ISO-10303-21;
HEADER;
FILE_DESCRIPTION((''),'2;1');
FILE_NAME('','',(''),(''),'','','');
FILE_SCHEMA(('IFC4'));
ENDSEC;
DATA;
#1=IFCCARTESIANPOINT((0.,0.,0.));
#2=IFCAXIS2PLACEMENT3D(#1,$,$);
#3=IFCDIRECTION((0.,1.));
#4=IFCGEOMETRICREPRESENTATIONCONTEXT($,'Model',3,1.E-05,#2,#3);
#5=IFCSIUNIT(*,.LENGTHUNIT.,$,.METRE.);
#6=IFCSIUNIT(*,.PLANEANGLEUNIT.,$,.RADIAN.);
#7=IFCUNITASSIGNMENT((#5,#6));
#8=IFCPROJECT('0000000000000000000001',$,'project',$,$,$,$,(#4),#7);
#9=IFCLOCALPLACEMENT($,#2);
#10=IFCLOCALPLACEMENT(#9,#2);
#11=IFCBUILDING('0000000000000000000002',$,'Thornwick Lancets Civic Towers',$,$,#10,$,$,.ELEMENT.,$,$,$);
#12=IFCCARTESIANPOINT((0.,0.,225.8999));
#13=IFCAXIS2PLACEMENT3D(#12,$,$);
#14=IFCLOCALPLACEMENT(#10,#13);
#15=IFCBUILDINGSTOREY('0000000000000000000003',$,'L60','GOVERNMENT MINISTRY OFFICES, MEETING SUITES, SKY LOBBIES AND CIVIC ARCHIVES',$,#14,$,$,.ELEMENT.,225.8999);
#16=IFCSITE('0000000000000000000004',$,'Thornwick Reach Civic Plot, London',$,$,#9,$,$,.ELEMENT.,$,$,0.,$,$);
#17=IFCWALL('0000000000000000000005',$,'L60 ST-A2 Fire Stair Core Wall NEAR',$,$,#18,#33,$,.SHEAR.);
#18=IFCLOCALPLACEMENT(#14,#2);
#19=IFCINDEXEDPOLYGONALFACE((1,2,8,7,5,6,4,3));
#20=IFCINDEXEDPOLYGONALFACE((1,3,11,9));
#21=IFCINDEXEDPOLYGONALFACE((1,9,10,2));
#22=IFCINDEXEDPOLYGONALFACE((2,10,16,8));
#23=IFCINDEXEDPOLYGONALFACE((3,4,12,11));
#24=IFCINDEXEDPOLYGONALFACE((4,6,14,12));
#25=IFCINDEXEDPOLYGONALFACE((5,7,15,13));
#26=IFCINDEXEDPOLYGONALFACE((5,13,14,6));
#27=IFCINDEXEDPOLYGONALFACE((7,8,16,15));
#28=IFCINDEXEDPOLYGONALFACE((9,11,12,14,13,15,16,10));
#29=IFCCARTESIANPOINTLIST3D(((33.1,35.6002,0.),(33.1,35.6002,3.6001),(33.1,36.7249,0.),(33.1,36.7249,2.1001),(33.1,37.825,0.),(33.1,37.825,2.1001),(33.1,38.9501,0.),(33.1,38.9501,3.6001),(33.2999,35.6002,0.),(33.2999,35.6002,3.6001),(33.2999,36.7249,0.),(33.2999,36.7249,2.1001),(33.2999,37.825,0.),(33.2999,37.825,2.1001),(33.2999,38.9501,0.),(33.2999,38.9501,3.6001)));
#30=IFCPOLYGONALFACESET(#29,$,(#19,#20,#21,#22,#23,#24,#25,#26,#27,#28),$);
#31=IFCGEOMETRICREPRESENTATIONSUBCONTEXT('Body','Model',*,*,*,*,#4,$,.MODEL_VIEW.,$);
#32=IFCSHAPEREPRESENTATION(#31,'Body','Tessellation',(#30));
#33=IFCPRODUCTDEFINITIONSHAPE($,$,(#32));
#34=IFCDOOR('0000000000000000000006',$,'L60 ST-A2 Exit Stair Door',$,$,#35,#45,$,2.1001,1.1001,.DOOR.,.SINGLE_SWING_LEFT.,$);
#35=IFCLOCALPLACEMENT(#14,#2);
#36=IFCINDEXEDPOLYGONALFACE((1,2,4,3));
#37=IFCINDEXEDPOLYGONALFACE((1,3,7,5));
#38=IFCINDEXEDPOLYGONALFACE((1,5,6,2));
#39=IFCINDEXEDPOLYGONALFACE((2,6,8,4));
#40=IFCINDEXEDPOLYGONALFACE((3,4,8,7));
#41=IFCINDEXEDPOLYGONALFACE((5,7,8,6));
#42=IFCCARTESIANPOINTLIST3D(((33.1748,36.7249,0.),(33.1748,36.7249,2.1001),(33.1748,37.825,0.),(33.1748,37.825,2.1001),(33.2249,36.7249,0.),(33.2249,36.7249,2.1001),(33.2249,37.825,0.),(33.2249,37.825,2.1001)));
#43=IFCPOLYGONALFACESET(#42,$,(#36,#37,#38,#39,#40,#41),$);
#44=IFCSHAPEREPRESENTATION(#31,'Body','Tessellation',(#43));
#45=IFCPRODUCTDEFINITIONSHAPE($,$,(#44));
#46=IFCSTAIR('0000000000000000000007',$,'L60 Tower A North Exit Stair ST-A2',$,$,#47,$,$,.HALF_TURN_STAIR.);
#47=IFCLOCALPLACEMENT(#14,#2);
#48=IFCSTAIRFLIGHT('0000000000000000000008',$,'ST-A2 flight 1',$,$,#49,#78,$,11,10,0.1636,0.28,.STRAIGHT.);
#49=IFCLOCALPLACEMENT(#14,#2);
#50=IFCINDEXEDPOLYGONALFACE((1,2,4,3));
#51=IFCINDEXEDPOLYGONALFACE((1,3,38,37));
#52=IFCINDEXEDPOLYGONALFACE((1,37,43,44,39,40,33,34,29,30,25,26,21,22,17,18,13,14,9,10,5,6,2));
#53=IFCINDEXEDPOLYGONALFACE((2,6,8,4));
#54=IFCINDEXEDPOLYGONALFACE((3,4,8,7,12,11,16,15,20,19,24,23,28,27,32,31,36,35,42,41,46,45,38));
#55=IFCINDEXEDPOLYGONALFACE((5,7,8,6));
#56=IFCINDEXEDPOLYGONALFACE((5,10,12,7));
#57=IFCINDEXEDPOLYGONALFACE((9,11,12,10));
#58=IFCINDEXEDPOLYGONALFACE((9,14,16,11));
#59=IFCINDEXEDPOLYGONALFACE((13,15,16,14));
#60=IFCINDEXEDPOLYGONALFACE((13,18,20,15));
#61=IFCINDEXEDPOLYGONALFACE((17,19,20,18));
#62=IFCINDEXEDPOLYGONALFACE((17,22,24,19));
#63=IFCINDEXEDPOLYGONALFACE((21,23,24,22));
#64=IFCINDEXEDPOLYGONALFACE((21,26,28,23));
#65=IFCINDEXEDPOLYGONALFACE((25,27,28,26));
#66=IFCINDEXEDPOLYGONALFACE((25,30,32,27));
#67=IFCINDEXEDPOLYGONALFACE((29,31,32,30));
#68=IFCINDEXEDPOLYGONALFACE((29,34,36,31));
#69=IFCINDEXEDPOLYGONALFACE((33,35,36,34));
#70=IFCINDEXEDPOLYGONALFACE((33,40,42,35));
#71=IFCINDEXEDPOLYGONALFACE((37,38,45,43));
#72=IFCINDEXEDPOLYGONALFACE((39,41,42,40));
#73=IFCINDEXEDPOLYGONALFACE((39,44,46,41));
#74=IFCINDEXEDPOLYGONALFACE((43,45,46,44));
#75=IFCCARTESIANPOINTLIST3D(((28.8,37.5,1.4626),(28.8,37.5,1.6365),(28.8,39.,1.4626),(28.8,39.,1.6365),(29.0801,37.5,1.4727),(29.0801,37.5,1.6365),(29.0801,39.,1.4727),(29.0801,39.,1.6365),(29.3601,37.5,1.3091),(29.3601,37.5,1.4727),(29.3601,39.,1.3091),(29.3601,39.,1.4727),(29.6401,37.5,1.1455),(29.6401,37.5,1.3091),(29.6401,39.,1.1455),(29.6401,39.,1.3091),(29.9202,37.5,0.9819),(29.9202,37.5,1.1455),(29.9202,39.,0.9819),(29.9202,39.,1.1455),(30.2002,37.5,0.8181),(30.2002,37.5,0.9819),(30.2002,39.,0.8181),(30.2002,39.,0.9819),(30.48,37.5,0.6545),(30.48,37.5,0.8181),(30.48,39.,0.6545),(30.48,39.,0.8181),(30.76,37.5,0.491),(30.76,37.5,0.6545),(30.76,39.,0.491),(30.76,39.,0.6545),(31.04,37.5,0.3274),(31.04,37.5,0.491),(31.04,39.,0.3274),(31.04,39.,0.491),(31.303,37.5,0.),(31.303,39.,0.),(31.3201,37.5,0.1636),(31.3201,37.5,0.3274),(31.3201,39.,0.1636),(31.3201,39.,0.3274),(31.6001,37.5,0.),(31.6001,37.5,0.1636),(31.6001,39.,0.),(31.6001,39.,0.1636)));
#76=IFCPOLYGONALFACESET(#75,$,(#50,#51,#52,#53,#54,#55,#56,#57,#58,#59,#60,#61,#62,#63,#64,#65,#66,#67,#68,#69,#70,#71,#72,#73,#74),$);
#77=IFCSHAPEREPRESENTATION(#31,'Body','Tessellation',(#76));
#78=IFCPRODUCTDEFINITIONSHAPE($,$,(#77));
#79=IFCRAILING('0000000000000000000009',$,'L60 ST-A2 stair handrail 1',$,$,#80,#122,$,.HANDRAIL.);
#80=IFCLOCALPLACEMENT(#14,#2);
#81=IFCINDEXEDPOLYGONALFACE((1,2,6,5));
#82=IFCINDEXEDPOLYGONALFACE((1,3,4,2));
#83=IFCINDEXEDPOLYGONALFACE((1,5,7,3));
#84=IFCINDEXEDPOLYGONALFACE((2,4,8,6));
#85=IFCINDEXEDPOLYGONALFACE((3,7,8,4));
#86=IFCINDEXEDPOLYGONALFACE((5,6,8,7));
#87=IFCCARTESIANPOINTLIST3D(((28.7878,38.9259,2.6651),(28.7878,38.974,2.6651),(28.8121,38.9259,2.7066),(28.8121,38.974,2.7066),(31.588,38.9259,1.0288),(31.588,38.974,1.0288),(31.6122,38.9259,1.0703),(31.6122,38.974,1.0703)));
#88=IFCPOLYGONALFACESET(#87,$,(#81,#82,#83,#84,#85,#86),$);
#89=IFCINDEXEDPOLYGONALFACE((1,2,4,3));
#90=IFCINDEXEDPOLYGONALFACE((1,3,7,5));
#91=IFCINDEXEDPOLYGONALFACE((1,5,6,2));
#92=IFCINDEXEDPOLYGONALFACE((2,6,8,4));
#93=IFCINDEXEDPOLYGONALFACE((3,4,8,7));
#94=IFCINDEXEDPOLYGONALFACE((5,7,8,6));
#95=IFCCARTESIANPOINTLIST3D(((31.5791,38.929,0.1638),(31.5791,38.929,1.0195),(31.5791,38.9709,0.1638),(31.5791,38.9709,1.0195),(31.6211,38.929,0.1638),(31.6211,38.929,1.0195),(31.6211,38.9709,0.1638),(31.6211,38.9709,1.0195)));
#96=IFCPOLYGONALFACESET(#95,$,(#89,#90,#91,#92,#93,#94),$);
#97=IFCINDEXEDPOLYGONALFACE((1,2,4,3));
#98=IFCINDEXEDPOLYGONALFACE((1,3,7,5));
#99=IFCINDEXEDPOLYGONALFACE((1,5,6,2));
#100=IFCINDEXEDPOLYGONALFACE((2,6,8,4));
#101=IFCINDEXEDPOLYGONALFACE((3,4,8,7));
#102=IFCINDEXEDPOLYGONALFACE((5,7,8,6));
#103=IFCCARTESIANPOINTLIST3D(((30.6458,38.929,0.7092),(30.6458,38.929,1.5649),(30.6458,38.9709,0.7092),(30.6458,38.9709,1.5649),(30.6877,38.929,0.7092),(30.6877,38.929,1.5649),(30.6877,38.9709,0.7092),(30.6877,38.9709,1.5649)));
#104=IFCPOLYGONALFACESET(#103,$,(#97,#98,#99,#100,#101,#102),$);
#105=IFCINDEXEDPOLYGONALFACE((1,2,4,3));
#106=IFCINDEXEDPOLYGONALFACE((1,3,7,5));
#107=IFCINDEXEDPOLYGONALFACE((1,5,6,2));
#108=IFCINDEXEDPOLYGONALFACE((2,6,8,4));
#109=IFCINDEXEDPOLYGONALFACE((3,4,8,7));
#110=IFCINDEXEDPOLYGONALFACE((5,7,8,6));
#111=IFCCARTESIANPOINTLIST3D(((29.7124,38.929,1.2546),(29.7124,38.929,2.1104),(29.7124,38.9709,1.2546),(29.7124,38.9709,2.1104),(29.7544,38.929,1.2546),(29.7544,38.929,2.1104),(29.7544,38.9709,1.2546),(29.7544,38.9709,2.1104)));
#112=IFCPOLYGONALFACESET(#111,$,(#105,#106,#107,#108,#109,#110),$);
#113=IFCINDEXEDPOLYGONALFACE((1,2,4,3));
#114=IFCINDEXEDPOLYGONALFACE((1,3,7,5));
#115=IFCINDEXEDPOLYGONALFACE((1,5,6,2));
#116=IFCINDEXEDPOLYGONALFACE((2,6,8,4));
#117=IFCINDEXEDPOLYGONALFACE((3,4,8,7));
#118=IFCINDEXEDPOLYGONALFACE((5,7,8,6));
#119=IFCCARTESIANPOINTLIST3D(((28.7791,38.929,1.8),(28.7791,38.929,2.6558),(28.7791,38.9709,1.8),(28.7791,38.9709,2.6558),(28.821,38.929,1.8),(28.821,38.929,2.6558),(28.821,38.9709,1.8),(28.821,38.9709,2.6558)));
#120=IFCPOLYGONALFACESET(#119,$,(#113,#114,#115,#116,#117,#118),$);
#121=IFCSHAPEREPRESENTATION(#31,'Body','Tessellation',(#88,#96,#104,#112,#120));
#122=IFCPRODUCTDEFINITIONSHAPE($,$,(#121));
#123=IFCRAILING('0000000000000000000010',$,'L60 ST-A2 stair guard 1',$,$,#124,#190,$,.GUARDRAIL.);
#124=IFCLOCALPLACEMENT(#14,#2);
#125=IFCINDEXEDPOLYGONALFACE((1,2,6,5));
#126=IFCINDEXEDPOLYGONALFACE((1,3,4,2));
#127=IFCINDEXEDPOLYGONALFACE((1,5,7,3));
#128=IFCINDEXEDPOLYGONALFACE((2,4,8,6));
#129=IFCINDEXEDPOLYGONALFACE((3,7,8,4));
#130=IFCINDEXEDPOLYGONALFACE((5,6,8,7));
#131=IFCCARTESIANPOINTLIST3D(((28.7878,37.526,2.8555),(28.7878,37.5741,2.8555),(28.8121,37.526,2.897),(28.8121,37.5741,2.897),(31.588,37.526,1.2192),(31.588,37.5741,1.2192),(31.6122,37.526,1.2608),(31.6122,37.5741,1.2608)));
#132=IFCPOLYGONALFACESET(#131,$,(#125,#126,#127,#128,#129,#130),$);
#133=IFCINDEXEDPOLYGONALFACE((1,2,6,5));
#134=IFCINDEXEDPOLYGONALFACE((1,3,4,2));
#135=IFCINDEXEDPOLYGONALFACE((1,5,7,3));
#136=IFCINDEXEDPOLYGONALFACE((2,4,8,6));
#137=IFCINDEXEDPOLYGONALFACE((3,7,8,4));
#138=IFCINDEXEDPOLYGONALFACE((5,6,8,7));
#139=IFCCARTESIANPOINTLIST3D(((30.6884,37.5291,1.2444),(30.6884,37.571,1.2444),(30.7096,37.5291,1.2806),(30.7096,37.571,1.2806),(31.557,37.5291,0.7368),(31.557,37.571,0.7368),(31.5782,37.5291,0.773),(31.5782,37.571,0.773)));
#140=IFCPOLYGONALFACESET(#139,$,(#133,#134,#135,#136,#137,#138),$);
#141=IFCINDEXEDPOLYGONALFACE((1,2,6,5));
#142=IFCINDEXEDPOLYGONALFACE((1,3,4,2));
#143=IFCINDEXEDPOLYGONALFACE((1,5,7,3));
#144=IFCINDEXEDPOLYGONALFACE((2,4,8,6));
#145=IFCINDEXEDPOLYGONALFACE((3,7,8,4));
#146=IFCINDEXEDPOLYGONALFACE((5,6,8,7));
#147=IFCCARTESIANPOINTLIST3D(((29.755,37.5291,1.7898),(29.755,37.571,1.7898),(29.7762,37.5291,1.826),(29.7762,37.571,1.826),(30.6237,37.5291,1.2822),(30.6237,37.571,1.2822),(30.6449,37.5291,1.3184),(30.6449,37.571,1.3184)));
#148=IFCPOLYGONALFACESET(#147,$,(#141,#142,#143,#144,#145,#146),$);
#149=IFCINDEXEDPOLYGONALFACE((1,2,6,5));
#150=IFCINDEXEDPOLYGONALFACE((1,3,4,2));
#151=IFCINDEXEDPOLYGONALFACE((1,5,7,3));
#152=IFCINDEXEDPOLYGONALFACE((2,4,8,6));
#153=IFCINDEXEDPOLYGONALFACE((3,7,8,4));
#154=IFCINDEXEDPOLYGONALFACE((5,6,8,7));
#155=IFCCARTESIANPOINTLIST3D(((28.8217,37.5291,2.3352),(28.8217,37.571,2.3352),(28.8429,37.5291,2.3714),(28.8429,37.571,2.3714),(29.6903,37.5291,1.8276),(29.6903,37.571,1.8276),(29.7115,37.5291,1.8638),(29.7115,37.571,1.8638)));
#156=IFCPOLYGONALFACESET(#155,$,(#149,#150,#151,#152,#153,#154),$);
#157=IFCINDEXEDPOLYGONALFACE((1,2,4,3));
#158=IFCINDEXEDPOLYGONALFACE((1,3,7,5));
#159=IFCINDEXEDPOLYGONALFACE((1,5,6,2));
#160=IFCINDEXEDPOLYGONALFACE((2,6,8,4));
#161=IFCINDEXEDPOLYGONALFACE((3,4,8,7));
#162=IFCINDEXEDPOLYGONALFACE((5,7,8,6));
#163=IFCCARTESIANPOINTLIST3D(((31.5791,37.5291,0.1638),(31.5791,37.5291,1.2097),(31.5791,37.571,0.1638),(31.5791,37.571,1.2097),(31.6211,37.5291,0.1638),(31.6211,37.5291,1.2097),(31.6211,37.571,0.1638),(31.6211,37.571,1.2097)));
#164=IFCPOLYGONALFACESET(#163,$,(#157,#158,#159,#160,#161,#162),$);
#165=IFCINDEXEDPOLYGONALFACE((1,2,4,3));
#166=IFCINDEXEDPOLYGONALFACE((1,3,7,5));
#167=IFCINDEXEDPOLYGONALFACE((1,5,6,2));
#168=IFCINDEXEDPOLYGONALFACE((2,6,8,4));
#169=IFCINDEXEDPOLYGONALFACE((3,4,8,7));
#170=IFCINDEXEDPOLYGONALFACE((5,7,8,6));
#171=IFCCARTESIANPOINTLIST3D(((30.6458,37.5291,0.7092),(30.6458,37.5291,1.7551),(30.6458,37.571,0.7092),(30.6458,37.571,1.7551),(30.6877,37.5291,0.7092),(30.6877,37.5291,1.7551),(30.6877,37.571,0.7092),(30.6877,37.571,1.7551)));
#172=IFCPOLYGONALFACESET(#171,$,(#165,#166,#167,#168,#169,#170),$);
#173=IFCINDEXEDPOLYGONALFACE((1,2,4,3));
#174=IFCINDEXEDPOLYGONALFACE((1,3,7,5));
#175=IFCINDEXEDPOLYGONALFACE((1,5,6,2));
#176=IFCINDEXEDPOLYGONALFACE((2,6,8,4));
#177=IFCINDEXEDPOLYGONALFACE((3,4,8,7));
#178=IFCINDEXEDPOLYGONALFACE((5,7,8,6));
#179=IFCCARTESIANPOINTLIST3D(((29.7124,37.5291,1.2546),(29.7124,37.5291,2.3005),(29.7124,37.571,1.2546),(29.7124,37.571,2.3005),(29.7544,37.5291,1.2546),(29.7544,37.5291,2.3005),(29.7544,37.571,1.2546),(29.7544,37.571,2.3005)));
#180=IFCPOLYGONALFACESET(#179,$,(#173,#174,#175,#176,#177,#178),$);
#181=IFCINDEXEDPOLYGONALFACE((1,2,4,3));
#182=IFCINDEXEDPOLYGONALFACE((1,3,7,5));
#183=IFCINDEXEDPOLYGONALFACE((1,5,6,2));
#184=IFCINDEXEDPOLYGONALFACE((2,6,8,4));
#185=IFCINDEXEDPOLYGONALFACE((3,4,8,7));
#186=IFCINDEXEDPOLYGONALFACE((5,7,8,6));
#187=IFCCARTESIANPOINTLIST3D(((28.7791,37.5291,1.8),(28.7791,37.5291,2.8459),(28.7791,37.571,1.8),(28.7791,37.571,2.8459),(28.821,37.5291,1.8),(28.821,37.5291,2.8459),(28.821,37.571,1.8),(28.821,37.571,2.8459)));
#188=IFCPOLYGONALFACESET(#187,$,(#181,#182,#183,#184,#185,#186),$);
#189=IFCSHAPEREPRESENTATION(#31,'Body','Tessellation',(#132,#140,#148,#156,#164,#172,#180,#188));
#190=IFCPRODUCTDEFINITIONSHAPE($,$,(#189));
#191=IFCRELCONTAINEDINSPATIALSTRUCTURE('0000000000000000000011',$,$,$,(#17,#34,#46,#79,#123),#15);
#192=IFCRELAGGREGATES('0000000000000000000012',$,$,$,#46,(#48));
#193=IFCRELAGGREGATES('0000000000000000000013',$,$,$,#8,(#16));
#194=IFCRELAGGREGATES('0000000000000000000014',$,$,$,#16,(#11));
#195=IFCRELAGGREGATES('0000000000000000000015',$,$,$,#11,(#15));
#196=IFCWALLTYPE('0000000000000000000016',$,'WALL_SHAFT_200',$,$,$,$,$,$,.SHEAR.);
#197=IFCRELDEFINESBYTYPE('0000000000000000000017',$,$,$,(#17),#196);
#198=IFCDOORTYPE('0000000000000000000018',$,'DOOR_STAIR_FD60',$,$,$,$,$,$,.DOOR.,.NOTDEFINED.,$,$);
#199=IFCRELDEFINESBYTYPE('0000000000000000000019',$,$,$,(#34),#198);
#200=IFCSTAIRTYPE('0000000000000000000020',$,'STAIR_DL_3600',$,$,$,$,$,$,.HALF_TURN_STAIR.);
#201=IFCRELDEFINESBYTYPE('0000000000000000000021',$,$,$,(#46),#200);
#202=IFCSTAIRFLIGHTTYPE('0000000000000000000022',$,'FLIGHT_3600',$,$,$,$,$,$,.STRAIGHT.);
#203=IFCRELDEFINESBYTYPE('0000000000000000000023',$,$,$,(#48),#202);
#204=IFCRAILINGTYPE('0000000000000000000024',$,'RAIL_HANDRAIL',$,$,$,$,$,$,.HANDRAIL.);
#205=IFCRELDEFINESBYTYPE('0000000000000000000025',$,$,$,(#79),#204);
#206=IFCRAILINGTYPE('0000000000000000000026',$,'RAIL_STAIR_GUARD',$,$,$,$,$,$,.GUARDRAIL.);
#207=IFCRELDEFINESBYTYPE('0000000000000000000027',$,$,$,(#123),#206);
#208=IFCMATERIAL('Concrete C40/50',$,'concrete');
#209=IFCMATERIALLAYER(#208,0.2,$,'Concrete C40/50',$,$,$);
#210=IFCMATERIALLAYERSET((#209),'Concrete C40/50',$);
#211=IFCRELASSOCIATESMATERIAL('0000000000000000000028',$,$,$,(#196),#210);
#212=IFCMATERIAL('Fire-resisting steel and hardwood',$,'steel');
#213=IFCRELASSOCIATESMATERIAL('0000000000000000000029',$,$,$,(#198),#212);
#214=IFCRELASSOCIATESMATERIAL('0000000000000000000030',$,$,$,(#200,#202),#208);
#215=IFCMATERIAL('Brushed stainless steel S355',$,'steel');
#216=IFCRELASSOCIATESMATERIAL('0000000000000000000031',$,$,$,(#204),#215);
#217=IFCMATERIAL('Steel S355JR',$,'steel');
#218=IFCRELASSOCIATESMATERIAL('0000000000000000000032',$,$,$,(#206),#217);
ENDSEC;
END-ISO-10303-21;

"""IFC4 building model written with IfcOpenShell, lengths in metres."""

from ifc_helpers import new_model, si_unit, direction, frame, frame_2d, origin, origin_2d, place, context, subcontext, project, spatial, polyline, rectangle, outline, extrude, material, layer, layer_set, type_object, element, fill, aggregate, save


model = new_model("IFC4")

# Units and contexts
model_context = context("Model", 3, precision=1e-05, world=origin(), true_north=direction((0.0, 1.0)))
body_context = subcontext(model_context, "Body", "Model", "MODEL_VIEW")
ifc_project = project(units=[si_unit("LENGTHUNIT", "METRE"), si_unit("PLANEANGLEUNIT", "RADIAN")], contexts=[model_context])

# Site, building, storey
site_placement = place(None, origin())
site = spatial("IfcSite", under=ifc_project, at=site_placement, Name="Thornwick Reach Civic Plot, London", CompositionType="ELEMENT", RefElevation=0.0)
building_placement = place(site_placement, origin())
building = spatial("IfcBuilding", under=site, at=building_placement, Name="Thornwick Lancets Civic Towers", CompositionType="ELEMENT")
storey_placement = place(building_placement, frame((0.0, 0.0, 225.8999)))
storey = spatial("IfcBuildingStorey", under=building, at=storey_placement, Name="L60", Description="GOVERNMENT MINISTRY OFFICES, MEETING SUITES, SKY LOBBIES AND CIVIC ARCHIVES", CompositionType="ELEMENT", Elevation=225.8999)

# Shared definitions
ifc_material_1 = material(Name="Steel S355JR", Category="steel")

# Wall, opening, door
ifc_material_2 = material(Name="Concrete C40/50", Category="concrete")
ifc_layer_1 = layer(ifc_material_2, 0.2, Name="Concrete C40/50")
ifc_layer_set_1 = layer_set([ifc_layer_1], Name="Concrete C40/50")
wall_type_1 = type_object("IfcWallType", Name="WALL_SHAFT_200", PredefinedType="SHEAR", material=ifc_layer_set_1)
wall_1_placement = place(storey_placement, frame((33.2, 38.95, 0.0), z_axis=(0.0, 0.0, 1.0), x_axis=(0.0, -1.0, 0.0)))
wall_1 = element("IfcWall", 1, at=wall_1_placement, inside=storey, type_object=wall_type_1, Name="L60 ST-A2 Fire Stair Core Wall NEAR", PredefinedType="SHEAR", context=body_context, shape_type="SweptSolid", body=[
    extrude(rectangle(XDim=3.3499, YDim=0.2, at=frame_2d((1.6748, 0.0))), origin(), (0.0, 0.0, 1.0), 3.6001),
])
opening_1_placement = place(wall_1_placement, frame((1.125, 0.0, 0.0)))
opening_1 = element("IfcOpeningElement", 2, at=opening_1_placement, cuts=wall_1, PredefinedType="OPENING", context=body_context, shape_type="SweptSolid", body=[
    extrude(rectangle(XDim=1.1001, YDim=2.1001, at=frame_2d((0.55, 1.05))), frame((0.0, 0.1099, 0.0), z_axis=(0.0, -1.0, 0.0), x_axis=(1.0, 0.0, 0.0)), (0.0, 0.0, 1.0), 0.22),
])
ifc_material_3 = material(Name="Fire-resisting steel and hardwood", Category="steel")
door_type = type_object("IfcDoorType", Name="DOOR_STAIR_FD60", OperationType="NOTDEFINED", PredefinedType="DOOR", material=ifc_material_3)
door_placement = place(opening_1_placement, origin())
door = element("IfcDoor", 3, at=door_placement, inside=storey, type_object=door_type, Name="L60 ST-A2 Exit Stair Door", OperationType="SINGLE_SWING_LEFT", OverallHeight=2.1001, OverallWidth=1.1001, PredefinedType="DOOR", context=body_context, shape_type="SweptSolid", body=[
    extrude(rectangle(XDim=1.1001, YDim=2.1001, at=frame_2d((0.55, 1.05))), frame((0.0, 0.0249, 0.0), z_axis=(0.0, -1.0, 0.0), x_axis=(1.0, 0.0, 0.0)), (0.0, 0.0, 1.0), 0.05),
])
fill(opening_1, door)

# Stair, stair flight
stair_type = type_object("IfcStairType", Name="STAIR_DL_3600", PredefinedType="HALF_TURN_STAIR", material=ifc_material_2)
stair_placement = place(storey_placement, origin())
stair = element("IfcStair", 4, at=stair_placement, inside=storey, type_object=stair_type, Name="L60 Tower A North Exit Stair ST-A2", PredefinedType="HALF_TURN_STAIR")
stair_flight_type = type_object("IfcStairFlightType", Name="FLIGHT_3600", PredefinedType="STRAIGHT", material=ifc_material_2)
stair_flight_placement = place(storey_placement, frame((31.6001, 38.25, 0.0), z_axis=(0.0, 0.0, 1.0), x_axis=(-1.0, 0.0, 0.0)))
stair_flight = element("IfcStairFlight", 5, at=stair_flight_placement, type_object=stair_flight_type, Name="ST-A2 flight 1", NumberOfRisers=11, NumberOfTreads=10, PredefinedType="STRAIGHT", RiserHeight=0.1636, TreadLength=0.28, context=body_context, shape_type="SweptSolid", body=[
    extrude(outline(polyline([(0.0, 0.0), (0.0, 0.1636), (0.28, 0.1636), (0.28, 0.3274), (0.5601, 0.3274), (0.5601, 0.491), (0.8401, 0.491), (0.8401, 0.6545), (1.1201, 0.6545), (1.1201, 0.8181), (1.3999, 0.8181), (1.3999, 0.9819), (1.6799, 0.9819), (1.6799, 1.1455), (1.96, 1.1455), (1.96, 1.3091), (2.24, 1.3091), (2.24, 1.4727), (2.52, 1.4727), (2.52, 1.6365), (2.8, 1.6365), (2.8, 1.8), (2.8, 1.4626), (0.2971, 0.0), (0.0, 0.0)])), frame((0.0, 0.75, 0.0), z_axis=(0.0, -1.0, 0.0), x_axis=(1.0, 0.0, 0.0)), (0.0, 0.0, 1.0), 1.5),
])
aggregate(stair, [stair_flight])

# Railings
ifc_material_4 = material(Name="Brushed stainless steel S355", Category="steel")
railing_type_1 = type_object("IfcRailingType", Name="RAIL_HANDRAIL", PredefinedType="HANDRAIL", material=ifc_material_4)
railing_1_placement = place(storey_placement, frame((31.6001, 38.95, 0.1638)))
element("IfcRailing", 6, at=railing_1_placement, inside=storey, type_object=railing_type_1, Name="L60 ST-A2 stair handrail 1", PredefinedType="HANDRAIL", context=body_context, shape_type="SweptSolid", body=[
    extrude(rectangle(XDim=0.0481, YDim=0.0481, at=origin_2d()), frame((0.0, 0.0, 0.8857), z_axis=(-0.863394, 0.0, 0.504531), x_axis=(0.0, -1.0, 0.0)), (0.0, 0.0, 1.0), 3.2432),
    extrude(rectangle(XDim=0.042, YDim=0.042, at=origin_2d()), origin(), (0.0, 0.0, 1.0), 0.8557),
    extrude(rectangle(XDim=0.042, YDim=0.042, at=origin_2d()), frame((-0.9333, 0.0, 0.5454)), (0.0, 0.0, 1.0), 0.8557),
    extrude(rectangle(XDim=0.042, YDim=0.042, at=origin_2d()), frame((-1.8667, 0.0, 1.0908)), (0.0, 0.0, 1.0), 0.8557),
    extrude(rectangle(XDim=0.042, YDim=0.042, at=origin_2d()), frame((-2.8, 0.0, 1.6362)), (0.0, 0.0, 1.0), 0.8557),
])
railing_type_2 = type_object("IfcRailingType", Name="RAIL_STAIR_GUARD", PredefinedType="GUARDRAIL", material=ifc_material_1)
railing_2_placement = place(storey_placement, frame((31.6001, 37.55, 0.1638)))
element("IfcRailing", 7, at=railing_2_placement, inside=storey, type_object=railing_type_2, Name="L60 ST-A2 stair guard 1", PredefinedType="GUARDRAIL", context=body_context, shape_type="SweptSolid", body=[
    extrude(rectangle(XDim=0.0481, YDim=0.0481, at=origin_2d()), frame((0.0, 0.0, 1.0762), z_axis=(-0.863394, 0.0, 0.504531), x_axis=(0.0, -1.0, 0.0)), (0.0, 0.0, 1.0), 3.2432),
    extrude(rectangle(XDim=0.042, YDim=0.042, at=origin_2d()), frame((-0.0325, 0.0, 0.5911), z_axis=(-0.863394, 0.0, 0.504531), x_axis=(0.0, -1.0, 0.0)), (0.0, 0.0, 1.0), 1.0061),
    extrude(rectangle(XDim=0.042, YDim=0.042, at=origin_2d()), frame((-0.9658, 0.0, 1.1365), z_axis=(-0.863394, 0.0, 0.504531), x_axis=(0.0, -1.0, 0.0)), (0.0, 0.0, 1.0), 1.0061),
    extrude(rectangle(XDim=0.042, YDim=0.042, at=origin_2d()), frame((-1.8992, 0.0, 1.6819), z_axis=(-0.863394, 0.0, 0.504531), x_axis=(0.0, -1.0, 0.0)), (0.0, 0.0, 1.0), 1.0061),
    extrude(rectangle(XDim=0.042, YDim=0.042, at=origin_2d()), origin(), (0.0, 0.0, 1.0), 1.0459),
    extrude(rectangle(XDim=0.042, YDim=0.042, at=origin_2d()), frame((-0.9333, 0.0, 0.5454)), (0.0, 0.0, 1.0), 1.0459),
    extrude(rectangle(XDim=0.042, YDim=0.042, at=origin_2d()), frame((-1.8667, 0.0, 1.0908)), (0.0, 0.0, 1.0), 1.0459),
    extrude(rectangle(XDim=0.042, YDim=0.042, at=origin_2d()), frame((-2.8, 0.0, 1.6362)), (0.0, 0.0, 1.0), 1.0459),
])

save(model, "model.ifc")
